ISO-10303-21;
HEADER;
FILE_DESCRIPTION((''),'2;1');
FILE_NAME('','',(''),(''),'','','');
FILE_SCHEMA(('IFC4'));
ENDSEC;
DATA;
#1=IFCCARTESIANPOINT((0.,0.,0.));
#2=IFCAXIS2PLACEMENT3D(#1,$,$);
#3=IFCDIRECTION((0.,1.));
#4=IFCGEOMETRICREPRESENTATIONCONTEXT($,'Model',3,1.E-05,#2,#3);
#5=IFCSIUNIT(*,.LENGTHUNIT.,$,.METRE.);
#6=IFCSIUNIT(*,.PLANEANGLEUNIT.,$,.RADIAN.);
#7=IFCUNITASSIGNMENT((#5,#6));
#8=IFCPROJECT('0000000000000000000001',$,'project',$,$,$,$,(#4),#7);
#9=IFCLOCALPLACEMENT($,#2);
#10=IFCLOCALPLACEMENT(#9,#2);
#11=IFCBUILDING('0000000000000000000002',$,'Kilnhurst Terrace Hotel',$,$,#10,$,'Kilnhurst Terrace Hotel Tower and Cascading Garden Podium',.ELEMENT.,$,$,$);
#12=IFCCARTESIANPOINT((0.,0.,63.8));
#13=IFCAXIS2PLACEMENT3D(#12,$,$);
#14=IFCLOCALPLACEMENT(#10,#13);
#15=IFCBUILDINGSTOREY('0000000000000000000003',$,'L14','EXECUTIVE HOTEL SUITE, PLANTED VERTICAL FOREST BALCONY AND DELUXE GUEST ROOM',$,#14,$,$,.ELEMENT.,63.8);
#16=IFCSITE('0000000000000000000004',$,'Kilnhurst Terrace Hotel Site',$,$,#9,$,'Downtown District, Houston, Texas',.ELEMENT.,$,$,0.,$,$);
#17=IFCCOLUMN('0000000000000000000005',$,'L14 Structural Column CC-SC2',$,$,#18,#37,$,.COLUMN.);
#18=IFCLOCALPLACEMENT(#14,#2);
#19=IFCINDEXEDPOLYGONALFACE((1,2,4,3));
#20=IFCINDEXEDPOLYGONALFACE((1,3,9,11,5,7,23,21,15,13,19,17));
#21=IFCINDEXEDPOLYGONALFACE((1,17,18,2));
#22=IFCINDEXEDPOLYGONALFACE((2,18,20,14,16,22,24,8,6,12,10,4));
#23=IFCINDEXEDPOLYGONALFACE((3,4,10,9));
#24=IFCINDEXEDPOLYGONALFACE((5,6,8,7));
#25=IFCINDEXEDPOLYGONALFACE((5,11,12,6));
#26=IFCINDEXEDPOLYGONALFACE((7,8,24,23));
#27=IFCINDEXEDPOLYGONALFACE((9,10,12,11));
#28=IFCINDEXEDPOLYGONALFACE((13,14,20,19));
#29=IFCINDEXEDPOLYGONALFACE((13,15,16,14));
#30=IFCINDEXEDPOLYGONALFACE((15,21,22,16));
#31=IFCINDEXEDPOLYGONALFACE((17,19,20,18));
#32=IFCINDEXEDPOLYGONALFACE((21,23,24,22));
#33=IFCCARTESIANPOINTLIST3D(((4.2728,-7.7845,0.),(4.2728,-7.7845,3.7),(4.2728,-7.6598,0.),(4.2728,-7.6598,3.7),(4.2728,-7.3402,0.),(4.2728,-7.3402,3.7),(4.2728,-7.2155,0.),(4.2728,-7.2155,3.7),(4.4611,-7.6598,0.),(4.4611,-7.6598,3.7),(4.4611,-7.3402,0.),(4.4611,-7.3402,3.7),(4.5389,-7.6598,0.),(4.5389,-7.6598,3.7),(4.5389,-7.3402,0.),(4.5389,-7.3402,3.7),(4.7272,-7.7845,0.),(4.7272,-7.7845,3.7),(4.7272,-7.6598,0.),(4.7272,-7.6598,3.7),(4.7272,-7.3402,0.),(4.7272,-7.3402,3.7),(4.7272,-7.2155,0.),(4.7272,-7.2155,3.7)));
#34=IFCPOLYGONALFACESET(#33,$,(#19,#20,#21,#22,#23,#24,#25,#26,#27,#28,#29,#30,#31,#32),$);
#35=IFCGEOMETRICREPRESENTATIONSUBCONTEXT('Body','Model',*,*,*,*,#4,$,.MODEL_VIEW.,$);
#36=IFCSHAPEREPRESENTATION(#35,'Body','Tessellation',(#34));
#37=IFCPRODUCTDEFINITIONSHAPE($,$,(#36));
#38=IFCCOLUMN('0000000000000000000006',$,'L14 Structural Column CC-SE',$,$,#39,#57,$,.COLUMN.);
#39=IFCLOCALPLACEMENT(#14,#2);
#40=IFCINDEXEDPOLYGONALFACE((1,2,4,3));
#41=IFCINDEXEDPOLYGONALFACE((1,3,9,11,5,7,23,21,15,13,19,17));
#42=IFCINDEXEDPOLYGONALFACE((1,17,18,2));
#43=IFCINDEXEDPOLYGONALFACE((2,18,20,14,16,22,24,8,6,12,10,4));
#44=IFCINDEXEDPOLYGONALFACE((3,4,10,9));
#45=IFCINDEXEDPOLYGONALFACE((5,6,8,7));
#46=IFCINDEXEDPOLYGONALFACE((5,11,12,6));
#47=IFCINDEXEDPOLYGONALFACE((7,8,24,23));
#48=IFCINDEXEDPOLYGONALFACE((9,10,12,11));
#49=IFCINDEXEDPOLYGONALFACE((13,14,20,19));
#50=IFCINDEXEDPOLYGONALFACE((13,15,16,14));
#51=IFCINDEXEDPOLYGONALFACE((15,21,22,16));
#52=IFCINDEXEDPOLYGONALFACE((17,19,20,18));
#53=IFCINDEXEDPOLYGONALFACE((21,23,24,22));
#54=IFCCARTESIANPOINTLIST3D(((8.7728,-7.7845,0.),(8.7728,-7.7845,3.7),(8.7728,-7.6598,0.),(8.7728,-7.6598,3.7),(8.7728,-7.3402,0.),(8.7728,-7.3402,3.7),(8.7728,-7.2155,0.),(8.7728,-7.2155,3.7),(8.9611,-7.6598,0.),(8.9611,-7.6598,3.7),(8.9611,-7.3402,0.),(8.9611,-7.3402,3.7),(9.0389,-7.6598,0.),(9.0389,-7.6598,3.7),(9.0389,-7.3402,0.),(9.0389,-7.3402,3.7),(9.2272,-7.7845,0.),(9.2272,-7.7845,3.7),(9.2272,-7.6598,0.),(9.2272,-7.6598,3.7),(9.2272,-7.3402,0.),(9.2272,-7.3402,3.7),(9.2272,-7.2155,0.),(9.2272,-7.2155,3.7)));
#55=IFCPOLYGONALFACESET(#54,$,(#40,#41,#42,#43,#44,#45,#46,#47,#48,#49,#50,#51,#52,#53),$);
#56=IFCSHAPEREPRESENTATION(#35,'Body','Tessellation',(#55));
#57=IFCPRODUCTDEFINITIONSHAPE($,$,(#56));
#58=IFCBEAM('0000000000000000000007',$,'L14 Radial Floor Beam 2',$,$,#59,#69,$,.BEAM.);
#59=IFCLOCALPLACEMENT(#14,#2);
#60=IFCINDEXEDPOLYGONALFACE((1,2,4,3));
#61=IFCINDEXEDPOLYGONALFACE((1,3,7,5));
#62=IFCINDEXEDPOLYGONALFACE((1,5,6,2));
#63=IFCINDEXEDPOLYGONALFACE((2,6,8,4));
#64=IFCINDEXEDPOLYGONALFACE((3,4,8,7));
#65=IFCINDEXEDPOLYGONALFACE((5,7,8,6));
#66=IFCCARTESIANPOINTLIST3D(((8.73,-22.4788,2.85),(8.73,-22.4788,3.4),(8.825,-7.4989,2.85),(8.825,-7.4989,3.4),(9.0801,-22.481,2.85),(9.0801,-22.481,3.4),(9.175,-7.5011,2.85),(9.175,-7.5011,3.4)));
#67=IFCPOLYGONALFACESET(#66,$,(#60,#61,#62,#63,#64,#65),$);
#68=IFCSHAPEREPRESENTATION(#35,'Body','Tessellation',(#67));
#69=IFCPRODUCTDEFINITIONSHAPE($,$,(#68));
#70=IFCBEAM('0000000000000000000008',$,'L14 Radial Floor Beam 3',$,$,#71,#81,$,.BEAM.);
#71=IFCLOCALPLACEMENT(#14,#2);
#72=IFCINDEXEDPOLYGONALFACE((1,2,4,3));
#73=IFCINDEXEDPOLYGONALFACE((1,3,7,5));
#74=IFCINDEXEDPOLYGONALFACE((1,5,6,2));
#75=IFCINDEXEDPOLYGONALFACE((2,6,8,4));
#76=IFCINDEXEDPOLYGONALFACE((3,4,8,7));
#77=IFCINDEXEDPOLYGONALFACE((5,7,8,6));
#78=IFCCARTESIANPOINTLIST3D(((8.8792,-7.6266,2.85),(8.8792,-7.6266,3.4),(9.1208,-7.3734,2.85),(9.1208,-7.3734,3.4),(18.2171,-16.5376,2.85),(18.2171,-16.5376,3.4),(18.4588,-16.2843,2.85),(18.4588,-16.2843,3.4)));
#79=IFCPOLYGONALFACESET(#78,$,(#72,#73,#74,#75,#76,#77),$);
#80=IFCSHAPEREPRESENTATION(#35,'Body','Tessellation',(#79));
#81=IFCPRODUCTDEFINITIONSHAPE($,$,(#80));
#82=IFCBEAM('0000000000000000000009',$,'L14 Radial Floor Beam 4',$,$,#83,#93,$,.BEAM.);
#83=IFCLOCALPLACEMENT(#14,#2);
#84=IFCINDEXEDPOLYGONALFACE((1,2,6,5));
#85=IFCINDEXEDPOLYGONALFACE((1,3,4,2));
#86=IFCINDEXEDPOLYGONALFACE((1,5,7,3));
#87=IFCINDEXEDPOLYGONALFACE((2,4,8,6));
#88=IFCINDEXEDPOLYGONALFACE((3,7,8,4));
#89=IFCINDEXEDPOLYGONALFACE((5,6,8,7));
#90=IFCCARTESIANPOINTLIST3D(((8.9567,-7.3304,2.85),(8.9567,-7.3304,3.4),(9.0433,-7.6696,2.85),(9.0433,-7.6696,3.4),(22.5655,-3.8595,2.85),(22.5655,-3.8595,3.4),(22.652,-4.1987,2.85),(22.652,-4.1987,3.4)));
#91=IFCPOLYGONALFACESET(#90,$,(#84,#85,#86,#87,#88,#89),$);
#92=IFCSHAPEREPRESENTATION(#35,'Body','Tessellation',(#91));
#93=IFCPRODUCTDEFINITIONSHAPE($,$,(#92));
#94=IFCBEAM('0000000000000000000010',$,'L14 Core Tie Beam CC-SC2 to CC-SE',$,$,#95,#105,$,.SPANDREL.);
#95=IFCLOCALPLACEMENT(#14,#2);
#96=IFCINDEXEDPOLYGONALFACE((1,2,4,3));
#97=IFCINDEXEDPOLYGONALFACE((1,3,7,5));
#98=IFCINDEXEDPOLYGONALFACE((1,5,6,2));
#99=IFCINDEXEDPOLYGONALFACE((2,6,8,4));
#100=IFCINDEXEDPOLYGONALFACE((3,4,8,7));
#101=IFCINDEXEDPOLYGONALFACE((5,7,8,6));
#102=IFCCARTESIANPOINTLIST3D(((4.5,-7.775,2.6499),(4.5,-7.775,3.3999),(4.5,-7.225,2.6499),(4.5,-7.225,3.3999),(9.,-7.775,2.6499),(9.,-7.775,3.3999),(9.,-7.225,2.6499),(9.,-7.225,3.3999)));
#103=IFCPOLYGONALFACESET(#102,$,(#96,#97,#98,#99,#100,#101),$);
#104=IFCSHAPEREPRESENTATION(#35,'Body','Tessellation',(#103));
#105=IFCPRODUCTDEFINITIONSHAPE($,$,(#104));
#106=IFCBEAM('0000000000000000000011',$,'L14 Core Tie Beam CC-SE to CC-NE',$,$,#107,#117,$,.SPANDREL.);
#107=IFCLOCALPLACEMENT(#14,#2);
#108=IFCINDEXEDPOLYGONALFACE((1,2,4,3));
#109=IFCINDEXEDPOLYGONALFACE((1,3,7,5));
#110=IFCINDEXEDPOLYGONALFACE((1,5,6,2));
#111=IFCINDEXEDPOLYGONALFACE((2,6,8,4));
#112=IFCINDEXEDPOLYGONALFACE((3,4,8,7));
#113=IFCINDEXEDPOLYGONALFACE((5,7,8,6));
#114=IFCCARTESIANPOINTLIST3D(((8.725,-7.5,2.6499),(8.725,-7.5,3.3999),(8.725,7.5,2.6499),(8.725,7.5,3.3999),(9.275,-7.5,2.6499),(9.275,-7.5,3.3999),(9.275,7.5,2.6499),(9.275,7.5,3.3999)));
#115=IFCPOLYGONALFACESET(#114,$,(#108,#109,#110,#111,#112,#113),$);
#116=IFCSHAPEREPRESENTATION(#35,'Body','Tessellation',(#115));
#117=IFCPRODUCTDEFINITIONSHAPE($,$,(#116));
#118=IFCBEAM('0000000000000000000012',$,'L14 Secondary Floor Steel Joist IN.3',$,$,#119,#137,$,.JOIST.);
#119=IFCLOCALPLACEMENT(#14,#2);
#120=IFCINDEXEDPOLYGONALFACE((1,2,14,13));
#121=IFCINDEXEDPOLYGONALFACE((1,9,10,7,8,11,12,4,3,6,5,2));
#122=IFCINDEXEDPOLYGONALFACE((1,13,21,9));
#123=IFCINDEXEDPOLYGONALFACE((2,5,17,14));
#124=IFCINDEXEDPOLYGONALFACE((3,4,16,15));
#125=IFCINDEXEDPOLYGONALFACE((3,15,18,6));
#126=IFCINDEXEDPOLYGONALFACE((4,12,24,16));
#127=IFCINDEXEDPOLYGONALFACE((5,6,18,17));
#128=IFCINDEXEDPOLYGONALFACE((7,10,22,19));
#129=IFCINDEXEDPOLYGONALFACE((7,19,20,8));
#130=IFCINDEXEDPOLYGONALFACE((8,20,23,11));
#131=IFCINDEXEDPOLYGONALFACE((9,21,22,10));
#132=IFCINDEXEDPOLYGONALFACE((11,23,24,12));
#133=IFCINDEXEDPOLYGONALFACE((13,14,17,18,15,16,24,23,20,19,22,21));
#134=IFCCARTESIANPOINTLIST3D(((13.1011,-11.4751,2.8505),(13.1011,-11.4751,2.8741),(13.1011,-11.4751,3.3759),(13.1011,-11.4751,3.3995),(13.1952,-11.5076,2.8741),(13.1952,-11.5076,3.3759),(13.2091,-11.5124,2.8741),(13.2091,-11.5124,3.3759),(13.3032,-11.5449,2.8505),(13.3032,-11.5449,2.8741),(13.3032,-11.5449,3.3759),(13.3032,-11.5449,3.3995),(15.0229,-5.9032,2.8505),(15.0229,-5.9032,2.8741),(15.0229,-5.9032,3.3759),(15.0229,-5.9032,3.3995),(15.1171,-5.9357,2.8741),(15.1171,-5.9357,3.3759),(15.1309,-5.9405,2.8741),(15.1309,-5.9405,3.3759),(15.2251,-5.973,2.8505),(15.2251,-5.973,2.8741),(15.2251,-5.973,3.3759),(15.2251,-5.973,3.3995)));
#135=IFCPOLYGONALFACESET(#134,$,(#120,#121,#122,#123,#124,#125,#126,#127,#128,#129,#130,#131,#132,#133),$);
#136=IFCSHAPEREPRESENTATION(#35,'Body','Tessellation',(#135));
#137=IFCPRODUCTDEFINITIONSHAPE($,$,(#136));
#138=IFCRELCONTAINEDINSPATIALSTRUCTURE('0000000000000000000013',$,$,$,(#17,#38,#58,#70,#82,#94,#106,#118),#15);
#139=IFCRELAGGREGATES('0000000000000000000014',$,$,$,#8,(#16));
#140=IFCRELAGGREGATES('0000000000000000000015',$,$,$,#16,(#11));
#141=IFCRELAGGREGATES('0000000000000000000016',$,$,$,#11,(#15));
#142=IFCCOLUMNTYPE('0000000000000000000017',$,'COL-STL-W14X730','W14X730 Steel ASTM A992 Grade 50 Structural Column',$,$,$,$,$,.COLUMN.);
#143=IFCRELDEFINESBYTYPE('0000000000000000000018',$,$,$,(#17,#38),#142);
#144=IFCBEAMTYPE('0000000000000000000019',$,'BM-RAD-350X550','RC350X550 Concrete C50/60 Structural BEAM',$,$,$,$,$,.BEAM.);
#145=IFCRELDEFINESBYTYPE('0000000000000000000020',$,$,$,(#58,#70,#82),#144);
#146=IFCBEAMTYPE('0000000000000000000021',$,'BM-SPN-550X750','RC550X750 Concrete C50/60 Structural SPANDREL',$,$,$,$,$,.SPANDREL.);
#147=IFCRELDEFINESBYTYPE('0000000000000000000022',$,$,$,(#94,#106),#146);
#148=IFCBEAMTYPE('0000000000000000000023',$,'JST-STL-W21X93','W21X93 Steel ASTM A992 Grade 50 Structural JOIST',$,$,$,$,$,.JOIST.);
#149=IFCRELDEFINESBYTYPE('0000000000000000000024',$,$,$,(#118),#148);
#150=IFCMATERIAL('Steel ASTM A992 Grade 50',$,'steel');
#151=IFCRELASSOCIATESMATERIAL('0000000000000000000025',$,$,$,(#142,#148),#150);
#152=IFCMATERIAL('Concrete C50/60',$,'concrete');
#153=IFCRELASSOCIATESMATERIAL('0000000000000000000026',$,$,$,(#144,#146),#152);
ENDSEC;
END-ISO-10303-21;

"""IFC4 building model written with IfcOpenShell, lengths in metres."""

from ifc_helpers import new_model, si_unit, direction, frame, origin, origin_2d, place, context, subcontext, project, spatial, rectangle, i_section, extrude, material, material_profile, profile_set, type_object, element, save


model = new_model("IFC4")

# Units and contexts
model_context = context("Model", 3, precision=1e-05, world=origin(), true_north=direction((0.0, 1.0)))
body_context = subcontext(model_context, "Body", "Model", "MODEL_VIEW")
ifc_project = project(units=[si_unit("LENGTHUNIT", "METRE"), si_unit("PLANEANGLEUNIT", "RADIAN")], contexts=[model_context])

# Site, building, storey
site_placement = place(None, origin())
site = spatial("IfcSite", under=ifc_project, at=site_placement, Name="Kilnhurst Terrace Hotel Site", LongName="Downtown District, Houston, Texas", CompositionType="ELEMENT", RefElevation=0.0)
building_placement = place(site_placement, origin())
building = spatial("IfcBuilding", under=site, at=building_placement, Name="Kilnhurst Terrace Hotel", LongName="Kilnhurst Terrace Hotel Tower and Cascading Garden Podium", CompositionType="ELEMENT")
storey_placement = place(building_placement, frame((0.0, 0.0, 63.8)))
storey = spatial("IfcBuildingStorey", under=building, at=storey_placement, Name="L14", Description="EXECUTIVE HOTEL SUITE, PLANTED VERTICAL FOREST BALCONY AND DELUXE GUEST ROOM", CompositionType="ELEMENT", Elevation=63.8)

# Columns
ifc_material_1 = material(Name="Steel ASTM A992 Grade 50", Category="steel")
ifc_material_profile_1 = material_profile(ifc_material_1, i_section(OverallWidth=0.4543, OverallDepth=0.5691, WebThickness=0.0779, FlangeThickness=0.1248, at=origin_2d()), Name="W14X730")
ifc_profile_set_1 = profile_set([ifc_material_profile_1], Name="Steel ASTM A992 Grade 50")
column_type = type_object("IfcColumnType", Name="COL-STL-W14X730", Description="W14X730 Steel ASTM A992 Grade 50 Structural Column", PredefinedType="COLUMN", material=ifc_profile_set_1)
for number, where, z_axis, x_axis, name in (
    (1, (4.5, -7.5, 0.0), (0.0, 0.0, 1.0), (1.0, 0.0, 0.0), "L14 Structural Column CC-SC2"),
    (2, (9.0, -7.5, 0.0), (0.0, 0.0, 1.0), (1.0, 0.0, 0.0), "L14 Structural Column CC-SE"),
):
    element("IfcColumn", number, at=place(storey_placement, frame(where, z_axis=z_axis, x_axis=x_axis)), inside=storey, type_object=column_type, Name=name, PredefinedType="COLUMN", context=body_context, shape_type="SweptSolid", body=[
        extrude(i_section(OverallWidth=0.4543, OverallDepth=0.5691, WebThickness=0.0779, FlangeThickness=0.1248, at=origin_2d()), origin(), (0.0, 0.0, 1.0), 3.7),
    ])

# Beams
ifc_material_2 = material(Name="Concrete C50/60", Category="concrete")
ifc_material_profile_2 = material_profile(ifc_material_2, rectangle(XDim=0.3501, YDim=0.55, at=origin_2d()), Name="RC350X550")
ifc_profile_set_2 = profile_set([ifc_material_profile_2], Name="Concrete C50/60")
beam_type_1 = type_object("IfcBeamType", Name="BM-RAD-350X550", Description="RC350X550 Concrete C50/60 Structural BEAM", PredefinedType="BEAM", material=ifc_profile_set_2)
beam_1_placement = place(storey_placement, frame((9.0, -7.5, 3.125), z_axis=(-0.00634, -0.99998, 0.0), x_axis=(0.99998, -0.00634, 0.0)))
element("IfcBeam", 3, at=beam_1_placement, inside=storey, type_object=beam_type_1, Name="L14 Radial Floor Beam 2", PredefinedType="BEAM", context=body_context, shape_type="SweptSolid", body=[
    extrude(rectangle(XDim=0.3501, YDim=0.55, at=origin_2d()), origin(), (0.0, 0.0, 1.0), 14.9802),
])
beam_2_placement = place(storey_placement, frame((9.0, -7.5, 3.125), z_axis=(0.723454, -0.690372, 0.0), x_axis=(0.690372, 0.723454, 0.0)))
element("IfcBeam", 4, at=beam_2_placement, inside=storey, type_object=beam_type_1, Name="L14 Radial Floor Beam 3", PredefinedType="BEAM", context=body_context, shape_type="SweptSolid", body=[
    extrude(rectangle(XDim=0.3501, YDim=0.55, at=origin_2d()), origin(), (0.0, 0.0, 1.0), 12.9075),
])
beam_3_placement = place(storey_placement, frame((9.0, -7.5, 3.125), z_axis=(0.96898, 0.247138, 0.0), x_axis=(-0.247138, 0.96898, 0.0)))
element("IfcBeam", 5, at=beam_3_placement, inside=storey, type_object=beam_type_1, Name="L14 Radial Floor Beam 4", PredefinedType="BEAM", context=body_context, shape_type="SweptSolid", body=[
    extrude(rectangle(XDim=0.3501, YDim=0.55, at=origin_2d()), origin(), (0.0, 0.0, 1.0), 14.0444),
])
ifc_material_profile_3 = material_profile(ifc_material_2, rectangle(XDim=0.55, YDim=0.75, at=origin_2d()), Name="RC550X750")
ifc_profile_set_3 = profile_set([ifc_material_profile_3], Name="Concrete C50/60")
beam_type_2 = type_object("IfcBeamType", Name="BM-SPN-550X750", Description="RC550X750 Concrete C50/60 Structural SPANDREL", PredefinedType="SPANDREL", material=ifc_profile_set_3)
beam_4_placement = place(storey_placement, frame((4.5, -7.5, 3.0249), z_axis=(1.0, 0.0, 0.0), x_axis=(0.0, 1.0, 0.0)))
element("IfcBeam", 6, at=beam_4_placement, inside=storey, type_object=beam_type_2, Name="L14 Core Tie Beam CC-SC2 to CC-SE", PredefinedType="SPANDREL", context=body_context, shape_type="SweptSolid", body=[
    extrude(rectangle(XDim=0.55, YDim=0.75, at=origin_2d()), origin(), (0.0, 0.0, 1.0), 4.5),
])
beam_5_placement = place(storey_placement, frame((9.0, -7.5, 3.0249), z_axis=(0.0, 1.0, 0.0), x_axis=(-1.0, 0.0, 0.0)))
element("IfcBeam", 7, at=beam_5_placement, inside=storey, type_object=beam_type_2, Name="L14 Core Tie Beam CC-SE to CC-NE", PredefinedType="SPANDREL", context=body_context, shape_type="SweptSolid", body=[
    extrude(rectangle(XDim=0.55, YDim=0.75, at=origin_2d()), origin(), (0.0, 0.0, 1.0), 15.0),
])
ifc_material_profile_4 = material_profile(ifc_material_1, i_section(OverallWidth=0.2139, OverallDepth=0.5491, WebThickness=0.0146, FlangeThickness=0.0237, at=origin_2d()), Name="W21X93")
ifc_profile_set_4 = profile_set([ifc_material_profile_4], Name="Steel ASTM A992 Grade 50")
beam_type_3 = type_object("IfcBeamType", Name="JST-STL-W21X93", Description="W21X93 Steel ASTM A992 Grade 50 Structural JOIST", PredefinedType="JOIST", material=ifc_profile_set_4)
beam_6_placement = place(storey_placement, frame((13.2021, -11.51, 3.125), z_axis=(0.326065, 0.945347, 0.0), x_axis=(-0.945347, 0.326065, 0.0)))
element("IfcBeam", 8, at=beam_6_placement, inside=storey, type_object=beam_type_3, Name="L14 Secondary Floor Steel Joist IN.3", PredefinedType="JOIST", context=body_context, shape_type="SweptSolid", body=[
    extrude(i_section(OverallWidth=0.2139, OverallDepth=0.5491, WebThickness=0.0146, FlangeThickness=0.0237, at=origin_2d()), origin(), (0.0, 0.0, 1.0), 5.894),
])

save(model, "model.ifc")
